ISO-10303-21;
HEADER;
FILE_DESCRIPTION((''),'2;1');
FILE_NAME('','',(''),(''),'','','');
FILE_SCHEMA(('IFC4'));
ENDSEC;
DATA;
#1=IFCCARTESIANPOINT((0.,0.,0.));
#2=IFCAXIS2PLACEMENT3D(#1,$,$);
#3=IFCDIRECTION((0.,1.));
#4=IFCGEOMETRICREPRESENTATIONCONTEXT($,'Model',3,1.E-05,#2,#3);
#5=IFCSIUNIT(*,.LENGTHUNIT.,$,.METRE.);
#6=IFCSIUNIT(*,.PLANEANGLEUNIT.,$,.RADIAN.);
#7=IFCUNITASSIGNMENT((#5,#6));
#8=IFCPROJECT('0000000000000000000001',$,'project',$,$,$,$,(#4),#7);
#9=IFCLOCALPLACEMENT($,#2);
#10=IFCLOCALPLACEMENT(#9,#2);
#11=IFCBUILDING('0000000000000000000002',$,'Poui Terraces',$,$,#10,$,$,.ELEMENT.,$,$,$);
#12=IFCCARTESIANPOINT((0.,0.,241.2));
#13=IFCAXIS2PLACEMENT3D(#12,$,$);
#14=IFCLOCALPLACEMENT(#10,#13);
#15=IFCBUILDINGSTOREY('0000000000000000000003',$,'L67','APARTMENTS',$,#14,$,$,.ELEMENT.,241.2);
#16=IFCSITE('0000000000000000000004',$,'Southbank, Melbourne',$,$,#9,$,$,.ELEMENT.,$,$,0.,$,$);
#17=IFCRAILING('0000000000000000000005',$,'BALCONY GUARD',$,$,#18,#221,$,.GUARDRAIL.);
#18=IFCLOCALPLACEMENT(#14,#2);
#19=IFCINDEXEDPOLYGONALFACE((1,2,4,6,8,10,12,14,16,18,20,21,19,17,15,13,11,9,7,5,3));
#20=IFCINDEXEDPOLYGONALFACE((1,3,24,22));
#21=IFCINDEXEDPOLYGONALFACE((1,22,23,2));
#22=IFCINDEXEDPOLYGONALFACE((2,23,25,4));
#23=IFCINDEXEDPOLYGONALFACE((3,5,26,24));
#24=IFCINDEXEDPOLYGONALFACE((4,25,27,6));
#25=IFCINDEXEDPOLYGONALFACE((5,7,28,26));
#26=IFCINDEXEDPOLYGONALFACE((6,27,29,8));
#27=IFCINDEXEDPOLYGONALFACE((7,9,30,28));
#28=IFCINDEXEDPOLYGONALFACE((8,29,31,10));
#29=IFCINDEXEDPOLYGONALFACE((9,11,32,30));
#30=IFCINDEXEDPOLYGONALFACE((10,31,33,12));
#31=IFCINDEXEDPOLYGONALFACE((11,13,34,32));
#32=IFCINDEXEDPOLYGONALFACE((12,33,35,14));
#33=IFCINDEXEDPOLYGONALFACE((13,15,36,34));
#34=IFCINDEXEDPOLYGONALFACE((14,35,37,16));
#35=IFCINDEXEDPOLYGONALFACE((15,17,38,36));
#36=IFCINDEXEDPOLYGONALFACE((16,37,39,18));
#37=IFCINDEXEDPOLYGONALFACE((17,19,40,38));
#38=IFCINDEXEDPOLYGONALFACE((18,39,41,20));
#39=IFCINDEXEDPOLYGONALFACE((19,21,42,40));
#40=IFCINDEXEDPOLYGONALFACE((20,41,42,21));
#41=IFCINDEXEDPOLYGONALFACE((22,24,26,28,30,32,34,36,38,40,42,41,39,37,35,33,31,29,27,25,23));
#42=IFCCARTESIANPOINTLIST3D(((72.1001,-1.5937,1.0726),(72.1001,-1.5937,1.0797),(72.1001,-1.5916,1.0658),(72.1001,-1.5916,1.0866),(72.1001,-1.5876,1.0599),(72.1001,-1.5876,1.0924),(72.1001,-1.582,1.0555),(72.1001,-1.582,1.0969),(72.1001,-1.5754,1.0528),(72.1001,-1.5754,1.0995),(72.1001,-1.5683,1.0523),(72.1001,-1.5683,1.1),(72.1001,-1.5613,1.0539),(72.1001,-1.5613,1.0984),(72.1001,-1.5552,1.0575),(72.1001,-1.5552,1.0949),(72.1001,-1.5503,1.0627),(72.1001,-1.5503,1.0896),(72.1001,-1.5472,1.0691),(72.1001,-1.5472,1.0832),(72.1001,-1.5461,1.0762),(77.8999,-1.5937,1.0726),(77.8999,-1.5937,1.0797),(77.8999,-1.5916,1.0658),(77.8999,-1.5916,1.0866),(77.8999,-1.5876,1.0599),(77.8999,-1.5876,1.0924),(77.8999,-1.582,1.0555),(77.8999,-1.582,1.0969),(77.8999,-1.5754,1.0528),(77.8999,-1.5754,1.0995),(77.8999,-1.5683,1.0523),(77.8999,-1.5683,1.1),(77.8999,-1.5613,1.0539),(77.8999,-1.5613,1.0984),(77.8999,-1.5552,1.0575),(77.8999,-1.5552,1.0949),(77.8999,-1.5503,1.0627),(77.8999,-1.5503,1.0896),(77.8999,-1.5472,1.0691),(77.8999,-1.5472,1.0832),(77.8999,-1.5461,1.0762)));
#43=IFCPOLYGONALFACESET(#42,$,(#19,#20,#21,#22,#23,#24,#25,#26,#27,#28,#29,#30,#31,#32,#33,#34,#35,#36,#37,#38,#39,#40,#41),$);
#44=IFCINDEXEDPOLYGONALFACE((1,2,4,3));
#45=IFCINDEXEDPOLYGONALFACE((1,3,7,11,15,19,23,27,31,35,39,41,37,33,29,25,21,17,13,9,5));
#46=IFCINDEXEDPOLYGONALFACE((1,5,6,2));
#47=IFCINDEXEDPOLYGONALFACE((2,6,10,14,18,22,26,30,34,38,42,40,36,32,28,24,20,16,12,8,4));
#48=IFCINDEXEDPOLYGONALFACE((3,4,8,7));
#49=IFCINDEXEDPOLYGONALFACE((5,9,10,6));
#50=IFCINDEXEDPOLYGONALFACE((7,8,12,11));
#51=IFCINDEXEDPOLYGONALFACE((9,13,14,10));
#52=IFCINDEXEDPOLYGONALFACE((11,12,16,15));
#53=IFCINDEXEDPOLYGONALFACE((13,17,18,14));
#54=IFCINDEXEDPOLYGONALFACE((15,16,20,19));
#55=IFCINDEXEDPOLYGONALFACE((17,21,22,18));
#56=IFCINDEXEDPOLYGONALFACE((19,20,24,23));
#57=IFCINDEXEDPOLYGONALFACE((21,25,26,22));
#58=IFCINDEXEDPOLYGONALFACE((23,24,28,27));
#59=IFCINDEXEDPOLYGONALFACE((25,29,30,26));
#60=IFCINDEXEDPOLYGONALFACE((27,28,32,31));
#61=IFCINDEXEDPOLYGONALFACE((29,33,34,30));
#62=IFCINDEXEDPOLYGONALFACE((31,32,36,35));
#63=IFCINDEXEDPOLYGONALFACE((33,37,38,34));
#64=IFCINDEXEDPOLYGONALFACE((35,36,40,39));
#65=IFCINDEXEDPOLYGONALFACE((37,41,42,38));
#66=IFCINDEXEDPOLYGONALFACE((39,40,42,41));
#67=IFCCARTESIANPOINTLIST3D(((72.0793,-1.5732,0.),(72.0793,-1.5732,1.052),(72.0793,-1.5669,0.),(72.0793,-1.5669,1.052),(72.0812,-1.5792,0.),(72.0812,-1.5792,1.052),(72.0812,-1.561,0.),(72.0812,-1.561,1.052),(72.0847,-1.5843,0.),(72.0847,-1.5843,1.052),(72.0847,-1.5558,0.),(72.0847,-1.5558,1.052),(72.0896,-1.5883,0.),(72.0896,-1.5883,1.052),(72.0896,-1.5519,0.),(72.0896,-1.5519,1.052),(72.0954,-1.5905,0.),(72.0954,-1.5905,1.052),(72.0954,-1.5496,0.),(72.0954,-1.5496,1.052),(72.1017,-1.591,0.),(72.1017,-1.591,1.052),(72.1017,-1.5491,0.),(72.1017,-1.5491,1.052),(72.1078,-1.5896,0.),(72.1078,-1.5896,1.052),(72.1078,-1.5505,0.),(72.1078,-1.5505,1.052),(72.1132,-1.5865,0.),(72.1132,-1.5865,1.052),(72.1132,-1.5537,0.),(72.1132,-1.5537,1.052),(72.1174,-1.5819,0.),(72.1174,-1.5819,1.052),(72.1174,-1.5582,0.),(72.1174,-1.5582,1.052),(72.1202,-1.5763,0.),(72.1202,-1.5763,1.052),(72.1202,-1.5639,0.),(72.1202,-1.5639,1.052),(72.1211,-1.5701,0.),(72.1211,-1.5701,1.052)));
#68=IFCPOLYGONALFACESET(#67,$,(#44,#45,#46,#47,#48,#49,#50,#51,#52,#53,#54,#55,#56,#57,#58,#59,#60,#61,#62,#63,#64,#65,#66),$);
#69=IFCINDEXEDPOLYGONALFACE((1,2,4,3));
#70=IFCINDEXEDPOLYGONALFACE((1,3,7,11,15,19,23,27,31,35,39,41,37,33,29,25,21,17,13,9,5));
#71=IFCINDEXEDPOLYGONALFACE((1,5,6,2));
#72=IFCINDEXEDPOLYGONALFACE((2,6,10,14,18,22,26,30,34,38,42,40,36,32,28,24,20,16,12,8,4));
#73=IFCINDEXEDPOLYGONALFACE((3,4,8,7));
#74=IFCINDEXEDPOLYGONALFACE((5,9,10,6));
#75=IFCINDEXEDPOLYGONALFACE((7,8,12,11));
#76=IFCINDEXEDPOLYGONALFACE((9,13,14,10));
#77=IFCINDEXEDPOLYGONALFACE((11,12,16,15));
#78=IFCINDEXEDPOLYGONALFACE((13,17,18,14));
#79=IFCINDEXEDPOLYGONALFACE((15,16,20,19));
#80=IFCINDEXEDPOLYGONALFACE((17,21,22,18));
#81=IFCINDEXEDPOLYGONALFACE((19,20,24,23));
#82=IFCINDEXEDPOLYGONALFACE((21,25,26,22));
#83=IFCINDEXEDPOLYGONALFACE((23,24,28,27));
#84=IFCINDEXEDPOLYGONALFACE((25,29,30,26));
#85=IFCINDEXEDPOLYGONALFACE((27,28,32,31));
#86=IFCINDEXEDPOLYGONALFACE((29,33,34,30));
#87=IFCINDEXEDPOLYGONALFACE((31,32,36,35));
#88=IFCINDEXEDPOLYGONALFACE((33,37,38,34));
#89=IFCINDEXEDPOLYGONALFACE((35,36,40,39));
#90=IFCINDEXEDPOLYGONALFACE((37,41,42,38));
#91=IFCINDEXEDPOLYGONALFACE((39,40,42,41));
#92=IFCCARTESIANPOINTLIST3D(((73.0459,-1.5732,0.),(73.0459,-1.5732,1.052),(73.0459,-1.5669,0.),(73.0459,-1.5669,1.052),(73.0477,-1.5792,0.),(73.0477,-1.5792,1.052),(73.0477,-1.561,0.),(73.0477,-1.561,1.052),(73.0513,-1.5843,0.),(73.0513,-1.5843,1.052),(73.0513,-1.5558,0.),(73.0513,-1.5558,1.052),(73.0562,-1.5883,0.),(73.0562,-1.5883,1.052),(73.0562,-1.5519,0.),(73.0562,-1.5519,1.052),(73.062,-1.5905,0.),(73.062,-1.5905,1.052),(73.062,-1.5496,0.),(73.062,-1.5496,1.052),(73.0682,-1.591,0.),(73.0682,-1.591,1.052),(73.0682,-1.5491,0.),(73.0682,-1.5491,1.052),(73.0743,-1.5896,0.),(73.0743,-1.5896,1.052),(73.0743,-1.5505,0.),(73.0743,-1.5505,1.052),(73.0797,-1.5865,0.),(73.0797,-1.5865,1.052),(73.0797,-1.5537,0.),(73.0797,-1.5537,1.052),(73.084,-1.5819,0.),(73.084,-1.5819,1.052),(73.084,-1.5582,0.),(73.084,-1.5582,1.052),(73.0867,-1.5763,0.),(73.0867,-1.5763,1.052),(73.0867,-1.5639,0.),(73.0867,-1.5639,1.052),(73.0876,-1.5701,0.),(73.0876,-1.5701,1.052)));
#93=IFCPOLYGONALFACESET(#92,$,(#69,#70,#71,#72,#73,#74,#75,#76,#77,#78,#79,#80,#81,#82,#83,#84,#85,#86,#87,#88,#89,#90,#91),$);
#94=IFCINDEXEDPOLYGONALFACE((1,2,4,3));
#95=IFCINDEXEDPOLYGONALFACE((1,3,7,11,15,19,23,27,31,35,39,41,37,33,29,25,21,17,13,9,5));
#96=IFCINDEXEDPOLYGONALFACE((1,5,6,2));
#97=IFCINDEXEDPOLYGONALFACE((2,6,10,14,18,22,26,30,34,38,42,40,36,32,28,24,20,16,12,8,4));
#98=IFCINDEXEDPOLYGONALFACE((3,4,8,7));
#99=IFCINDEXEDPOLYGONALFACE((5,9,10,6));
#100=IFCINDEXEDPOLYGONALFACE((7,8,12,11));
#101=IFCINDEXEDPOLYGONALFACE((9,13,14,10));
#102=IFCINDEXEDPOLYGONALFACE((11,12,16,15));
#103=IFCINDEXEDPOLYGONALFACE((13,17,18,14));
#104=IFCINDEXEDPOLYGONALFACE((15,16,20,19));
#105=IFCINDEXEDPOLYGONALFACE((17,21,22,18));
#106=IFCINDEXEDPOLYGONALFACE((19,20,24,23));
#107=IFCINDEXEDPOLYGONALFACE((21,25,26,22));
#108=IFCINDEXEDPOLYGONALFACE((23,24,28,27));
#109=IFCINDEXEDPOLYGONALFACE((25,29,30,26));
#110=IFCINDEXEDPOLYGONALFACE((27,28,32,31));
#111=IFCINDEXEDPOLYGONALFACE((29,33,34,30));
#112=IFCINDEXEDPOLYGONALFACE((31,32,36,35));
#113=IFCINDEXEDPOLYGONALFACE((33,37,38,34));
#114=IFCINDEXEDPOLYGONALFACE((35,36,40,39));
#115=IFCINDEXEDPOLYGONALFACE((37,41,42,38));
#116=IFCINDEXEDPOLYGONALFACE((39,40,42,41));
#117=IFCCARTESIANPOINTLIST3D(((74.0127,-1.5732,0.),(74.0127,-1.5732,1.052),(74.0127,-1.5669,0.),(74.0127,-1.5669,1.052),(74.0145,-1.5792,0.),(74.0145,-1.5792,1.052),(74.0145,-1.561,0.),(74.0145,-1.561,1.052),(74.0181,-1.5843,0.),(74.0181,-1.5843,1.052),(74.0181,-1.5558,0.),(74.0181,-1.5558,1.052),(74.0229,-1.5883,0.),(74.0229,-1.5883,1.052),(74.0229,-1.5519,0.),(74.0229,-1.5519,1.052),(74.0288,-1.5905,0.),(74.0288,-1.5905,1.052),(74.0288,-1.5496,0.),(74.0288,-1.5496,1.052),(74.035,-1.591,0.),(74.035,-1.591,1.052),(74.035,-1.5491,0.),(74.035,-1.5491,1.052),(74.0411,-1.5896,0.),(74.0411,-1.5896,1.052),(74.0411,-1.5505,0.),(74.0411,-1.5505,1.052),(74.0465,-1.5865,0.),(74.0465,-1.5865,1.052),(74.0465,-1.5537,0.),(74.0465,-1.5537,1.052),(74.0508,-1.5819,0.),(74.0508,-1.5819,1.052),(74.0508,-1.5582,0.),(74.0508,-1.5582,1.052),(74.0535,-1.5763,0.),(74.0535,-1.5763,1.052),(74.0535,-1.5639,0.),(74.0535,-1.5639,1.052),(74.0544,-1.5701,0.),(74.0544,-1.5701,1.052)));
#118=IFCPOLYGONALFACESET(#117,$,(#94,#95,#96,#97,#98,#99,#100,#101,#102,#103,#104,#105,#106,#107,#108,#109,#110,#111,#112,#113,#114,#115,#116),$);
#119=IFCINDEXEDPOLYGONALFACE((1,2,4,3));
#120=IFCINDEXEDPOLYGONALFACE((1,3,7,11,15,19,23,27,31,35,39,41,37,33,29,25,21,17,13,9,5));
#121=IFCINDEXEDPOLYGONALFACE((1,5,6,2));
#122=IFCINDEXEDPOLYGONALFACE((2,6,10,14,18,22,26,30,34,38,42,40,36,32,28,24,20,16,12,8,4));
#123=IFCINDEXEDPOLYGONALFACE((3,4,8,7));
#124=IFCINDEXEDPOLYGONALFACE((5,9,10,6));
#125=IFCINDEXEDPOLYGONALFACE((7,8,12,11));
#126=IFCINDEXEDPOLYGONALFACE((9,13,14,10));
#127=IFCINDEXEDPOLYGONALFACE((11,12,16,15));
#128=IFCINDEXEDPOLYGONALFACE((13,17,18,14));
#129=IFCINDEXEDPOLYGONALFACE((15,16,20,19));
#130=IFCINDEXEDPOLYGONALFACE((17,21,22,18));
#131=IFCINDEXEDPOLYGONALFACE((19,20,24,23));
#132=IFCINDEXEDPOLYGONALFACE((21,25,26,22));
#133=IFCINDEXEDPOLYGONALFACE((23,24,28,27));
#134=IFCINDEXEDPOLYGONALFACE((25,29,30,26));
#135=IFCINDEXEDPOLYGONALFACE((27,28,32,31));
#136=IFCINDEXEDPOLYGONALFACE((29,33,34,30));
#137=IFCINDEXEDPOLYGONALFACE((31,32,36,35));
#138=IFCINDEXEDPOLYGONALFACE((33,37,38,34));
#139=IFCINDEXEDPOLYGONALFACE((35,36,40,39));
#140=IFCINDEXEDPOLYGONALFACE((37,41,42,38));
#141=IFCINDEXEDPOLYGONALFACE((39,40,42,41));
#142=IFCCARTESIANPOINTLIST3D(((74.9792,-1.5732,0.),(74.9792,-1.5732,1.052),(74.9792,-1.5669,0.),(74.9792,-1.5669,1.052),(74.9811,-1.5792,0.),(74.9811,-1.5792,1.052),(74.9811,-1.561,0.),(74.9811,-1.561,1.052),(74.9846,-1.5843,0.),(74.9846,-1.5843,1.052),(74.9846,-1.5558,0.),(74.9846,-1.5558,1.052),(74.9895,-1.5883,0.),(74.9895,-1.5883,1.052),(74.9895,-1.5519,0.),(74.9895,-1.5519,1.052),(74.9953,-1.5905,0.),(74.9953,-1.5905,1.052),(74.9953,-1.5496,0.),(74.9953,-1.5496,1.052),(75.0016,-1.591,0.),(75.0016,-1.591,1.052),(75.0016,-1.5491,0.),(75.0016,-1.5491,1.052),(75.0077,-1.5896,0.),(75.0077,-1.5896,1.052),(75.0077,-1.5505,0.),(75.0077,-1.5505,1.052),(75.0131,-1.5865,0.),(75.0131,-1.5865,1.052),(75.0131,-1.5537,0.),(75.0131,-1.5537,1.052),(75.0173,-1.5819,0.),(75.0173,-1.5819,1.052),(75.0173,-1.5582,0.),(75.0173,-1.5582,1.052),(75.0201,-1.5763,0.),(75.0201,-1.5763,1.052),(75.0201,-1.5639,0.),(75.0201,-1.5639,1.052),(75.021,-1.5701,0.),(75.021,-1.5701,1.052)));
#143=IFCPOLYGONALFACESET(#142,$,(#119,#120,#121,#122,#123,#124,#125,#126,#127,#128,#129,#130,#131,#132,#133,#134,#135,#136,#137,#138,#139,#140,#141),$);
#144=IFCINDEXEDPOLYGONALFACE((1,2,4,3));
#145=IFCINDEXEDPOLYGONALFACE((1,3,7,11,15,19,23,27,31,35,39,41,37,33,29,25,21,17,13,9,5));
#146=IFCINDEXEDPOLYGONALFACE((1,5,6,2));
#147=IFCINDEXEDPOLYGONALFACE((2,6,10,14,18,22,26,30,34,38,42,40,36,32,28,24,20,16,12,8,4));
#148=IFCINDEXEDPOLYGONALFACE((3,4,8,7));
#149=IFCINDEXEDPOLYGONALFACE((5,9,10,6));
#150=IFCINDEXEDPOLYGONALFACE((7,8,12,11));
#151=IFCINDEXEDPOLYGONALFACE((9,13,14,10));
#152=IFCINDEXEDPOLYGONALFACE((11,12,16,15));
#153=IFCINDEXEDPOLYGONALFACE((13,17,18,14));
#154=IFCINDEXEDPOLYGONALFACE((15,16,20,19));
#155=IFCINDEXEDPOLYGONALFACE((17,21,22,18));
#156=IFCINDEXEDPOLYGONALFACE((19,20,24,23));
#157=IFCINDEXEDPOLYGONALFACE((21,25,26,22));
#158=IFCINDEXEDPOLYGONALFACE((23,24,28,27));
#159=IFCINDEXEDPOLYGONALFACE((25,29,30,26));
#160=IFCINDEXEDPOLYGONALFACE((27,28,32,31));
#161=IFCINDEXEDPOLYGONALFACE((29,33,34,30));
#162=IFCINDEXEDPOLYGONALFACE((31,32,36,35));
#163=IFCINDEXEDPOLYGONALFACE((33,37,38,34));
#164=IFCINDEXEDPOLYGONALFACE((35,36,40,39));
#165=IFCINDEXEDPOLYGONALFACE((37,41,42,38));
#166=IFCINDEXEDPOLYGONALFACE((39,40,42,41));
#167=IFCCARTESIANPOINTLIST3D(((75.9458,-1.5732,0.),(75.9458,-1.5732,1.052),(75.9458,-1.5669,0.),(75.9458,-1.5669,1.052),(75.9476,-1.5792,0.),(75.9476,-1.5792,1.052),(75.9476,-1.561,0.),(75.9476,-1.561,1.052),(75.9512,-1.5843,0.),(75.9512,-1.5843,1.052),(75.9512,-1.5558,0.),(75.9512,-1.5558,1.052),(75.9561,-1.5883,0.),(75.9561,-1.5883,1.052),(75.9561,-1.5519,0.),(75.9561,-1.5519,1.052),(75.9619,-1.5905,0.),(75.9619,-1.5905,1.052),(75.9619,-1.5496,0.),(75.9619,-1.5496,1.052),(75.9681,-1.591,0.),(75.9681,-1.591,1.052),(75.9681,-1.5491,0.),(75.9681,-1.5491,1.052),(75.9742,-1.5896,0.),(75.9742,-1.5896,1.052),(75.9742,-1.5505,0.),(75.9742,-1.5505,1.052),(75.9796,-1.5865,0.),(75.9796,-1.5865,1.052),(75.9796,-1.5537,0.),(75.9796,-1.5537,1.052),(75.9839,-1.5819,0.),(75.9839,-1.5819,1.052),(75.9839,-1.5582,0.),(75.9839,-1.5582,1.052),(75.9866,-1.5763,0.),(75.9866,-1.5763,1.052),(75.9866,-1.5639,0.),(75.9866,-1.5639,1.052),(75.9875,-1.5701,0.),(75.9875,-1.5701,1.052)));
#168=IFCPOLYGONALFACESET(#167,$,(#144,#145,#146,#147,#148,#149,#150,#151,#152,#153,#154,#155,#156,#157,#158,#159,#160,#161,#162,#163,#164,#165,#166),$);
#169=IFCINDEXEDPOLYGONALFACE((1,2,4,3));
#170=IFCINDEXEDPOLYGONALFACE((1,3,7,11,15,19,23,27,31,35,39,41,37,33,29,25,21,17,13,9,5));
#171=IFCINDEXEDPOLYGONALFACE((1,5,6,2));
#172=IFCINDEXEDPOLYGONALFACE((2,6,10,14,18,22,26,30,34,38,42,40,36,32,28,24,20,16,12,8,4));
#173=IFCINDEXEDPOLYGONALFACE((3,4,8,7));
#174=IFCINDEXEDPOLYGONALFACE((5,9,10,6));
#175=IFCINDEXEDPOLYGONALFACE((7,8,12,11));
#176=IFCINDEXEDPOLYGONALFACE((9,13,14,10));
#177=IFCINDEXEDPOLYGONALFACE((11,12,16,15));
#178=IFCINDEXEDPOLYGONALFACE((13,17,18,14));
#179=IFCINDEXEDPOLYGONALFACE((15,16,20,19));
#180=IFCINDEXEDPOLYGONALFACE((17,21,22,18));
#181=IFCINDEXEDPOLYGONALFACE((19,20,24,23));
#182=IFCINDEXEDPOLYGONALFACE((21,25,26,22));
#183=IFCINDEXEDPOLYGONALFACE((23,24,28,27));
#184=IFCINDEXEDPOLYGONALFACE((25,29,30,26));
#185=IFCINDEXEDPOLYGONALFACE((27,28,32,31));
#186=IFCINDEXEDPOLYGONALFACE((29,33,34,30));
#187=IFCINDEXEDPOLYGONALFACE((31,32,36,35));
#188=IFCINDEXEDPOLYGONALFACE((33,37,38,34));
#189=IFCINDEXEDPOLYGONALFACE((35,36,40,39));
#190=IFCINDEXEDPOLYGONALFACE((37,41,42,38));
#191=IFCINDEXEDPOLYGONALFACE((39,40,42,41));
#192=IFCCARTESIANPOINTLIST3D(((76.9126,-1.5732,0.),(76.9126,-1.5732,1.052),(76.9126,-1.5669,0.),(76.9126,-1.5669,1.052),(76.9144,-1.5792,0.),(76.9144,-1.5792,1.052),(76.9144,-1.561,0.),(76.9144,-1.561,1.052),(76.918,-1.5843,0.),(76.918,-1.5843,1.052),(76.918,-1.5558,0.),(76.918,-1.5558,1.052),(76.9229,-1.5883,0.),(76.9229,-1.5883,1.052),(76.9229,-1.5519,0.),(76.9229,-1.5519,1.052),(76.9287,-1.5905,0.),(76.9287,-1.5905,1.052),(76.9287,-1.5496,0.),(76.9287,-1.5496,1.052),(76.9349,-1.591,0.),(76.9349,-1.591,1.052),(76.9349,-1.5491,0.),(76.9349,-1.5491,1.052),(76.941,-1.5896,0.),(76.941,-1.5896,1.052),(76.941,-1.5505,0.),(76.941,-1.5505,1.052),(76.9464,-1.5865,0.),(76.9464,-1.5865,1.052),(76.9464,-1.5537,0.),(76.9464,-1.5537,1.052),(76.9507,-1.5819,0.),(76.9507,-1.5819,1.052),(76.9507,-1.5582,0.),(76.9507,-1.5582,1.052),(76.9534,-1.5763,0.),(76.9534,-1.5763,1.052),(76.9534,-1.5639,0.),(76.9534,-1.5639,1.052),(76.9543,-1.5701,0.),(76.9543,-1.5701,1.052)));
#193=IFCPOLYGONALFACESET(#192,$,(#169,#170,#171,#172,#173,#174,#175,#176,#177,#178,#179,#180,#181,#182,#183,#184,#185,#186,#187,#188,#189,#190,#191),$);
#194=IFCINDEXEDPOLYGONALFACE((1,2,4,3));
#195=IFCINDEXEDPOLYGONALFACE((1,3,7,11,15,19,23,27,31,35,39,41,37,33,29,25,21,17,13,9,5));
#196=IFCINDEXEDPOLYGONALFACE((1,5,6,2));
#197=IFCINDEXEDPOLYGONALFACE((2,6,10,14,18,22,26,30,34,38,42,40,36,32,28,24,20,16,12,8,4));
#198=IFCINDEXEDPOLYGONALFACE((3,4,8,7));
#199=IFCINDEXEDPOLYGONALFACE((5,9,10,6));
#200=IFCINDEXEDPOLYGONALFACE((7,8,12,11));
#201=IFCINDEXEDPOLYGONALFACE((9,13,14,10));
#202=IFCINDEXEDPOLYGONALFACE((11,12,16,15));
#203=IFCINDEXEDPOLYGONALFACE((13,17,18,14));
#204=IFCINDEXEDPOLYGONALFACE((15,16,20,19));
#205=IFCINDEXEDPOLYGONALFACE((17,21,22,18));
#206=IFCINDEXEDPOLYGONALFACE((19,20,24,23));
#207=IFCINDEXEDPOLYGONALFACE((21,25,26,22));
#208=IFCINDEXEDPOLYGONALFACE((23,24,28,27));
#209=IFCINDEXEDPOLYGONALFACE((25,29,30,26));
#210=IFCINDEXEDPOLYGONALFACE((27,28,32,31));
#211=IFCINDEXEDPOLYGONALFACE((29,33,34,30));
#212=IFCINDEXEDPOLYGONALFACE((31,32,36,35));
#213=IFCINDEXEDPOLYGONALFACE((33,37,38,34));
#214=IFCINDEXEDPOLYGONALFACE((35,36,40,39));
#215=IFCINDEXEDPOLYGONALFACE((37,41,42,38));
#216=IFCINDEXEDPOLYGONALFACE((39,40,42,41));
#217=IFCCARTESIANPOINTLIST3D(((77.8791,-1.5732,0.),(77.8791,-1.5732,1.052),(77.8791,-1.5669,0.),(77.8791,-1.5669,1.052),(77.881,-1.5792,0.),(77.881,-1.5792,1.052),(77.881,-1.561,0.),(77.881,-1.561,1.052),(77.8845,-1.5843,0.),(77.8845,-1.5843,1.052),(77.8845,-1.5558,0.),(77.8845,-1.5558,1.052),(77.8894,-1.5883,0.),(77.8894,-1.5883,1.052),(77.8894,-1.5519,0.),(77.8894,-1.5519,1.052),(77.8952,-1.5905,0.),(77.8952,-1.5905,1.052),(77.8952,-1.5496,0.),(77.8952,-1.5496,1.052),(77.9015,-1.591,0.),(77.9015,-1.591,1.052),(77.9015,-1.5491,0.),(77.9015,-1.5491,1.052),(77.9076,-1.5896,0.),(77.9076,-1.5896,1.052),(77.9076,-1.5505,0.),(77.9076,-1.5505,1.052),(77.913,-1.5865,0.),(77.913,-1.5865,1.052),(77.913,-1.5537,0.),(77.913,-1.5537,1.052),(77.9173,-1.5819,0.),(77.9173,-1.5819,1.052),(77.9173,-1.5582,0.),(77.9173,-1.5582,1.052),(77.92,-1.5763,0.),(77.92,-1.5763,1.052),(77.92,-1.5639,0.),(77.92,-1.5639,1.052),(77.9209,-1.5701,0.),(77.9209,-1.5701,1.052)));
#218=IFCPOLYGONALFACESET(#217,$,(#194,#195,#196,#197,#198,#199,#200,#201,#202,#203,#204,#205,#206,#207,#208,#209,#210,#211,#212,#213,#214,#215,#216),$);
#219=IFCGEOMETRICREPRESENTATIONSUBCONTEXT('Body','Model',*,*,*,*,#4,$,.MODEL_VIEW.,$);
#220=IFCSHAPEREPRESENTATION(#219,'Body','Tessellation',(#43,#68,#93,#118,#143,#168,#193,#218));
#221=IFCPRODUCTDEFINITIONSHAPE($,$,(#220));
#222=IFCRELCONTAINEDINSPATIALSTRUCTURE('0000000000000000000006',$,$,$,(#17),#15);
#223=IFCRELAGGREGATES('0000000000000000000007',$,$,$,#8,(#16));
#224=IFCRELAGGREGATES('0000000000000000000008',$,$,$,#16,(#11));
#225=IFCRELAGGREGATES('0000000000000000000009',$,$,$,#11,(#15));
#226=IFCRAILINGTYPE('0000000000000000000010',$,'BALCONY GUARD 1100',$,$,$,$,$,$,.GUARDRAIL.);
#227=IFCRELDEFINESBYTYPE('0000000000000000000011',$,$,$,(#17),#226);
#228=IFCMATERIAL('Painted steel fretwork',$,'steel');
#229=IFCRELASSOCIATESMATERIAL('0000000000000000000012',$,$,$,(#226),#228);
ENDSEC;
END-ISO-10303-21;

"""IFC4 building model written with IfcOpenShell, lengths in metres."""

from ifc_helpers import new_model, si_unit, direction, frame, origin, origin_2d, place, context, subcontext, project, spatial, circle, extrude, material, type_object, element, save


model = new_model("IFC4")

# Units and contexts
model_context = context("Model", 3, precision=1e-05, world=origin(), true_north=direction((0.0, 1.0)))
body_context = subcontext(model_context, "Body", "Model", "MODEL_VIEW")
ifc_project = project(units=[si_unit("LENGTHUNIT", "METRE"), si_unit("PLANEANGLEUNIT", "RADIAN")], contexts=[model_context])

# Site, building, storey
site_placement = place(None, origin())
site = spatial("IfcSite", under=ifc_project, at=site_placement, Name="Southbank, Melbourne", CompositionType="ELEMENT", RefElevation=0.0)
building_placement = place(site_placement, origin())
building = spatial("IfcBuilding", under=site, at=building_placement, Name="Poui Terraces", CompositionType="ELEMENT")
storey_placement = place(building_placement, frame((0.0, 0.0, 241.2)))
storey = spatial("IfcBuildingStorey", under=building, at=storey_placement, Name="L67", Description="APARTMENTS", CompositionType="ELEMENT", Elevation=241.2)

# Railing
ifc_material_1 = material(Name="Painted steel fretwork", Category="steel")
railing_type = type_object("IfcRailingType", Name="BALCONY GUARD 1100", PredefinedType="GUARDRAIL", material=ifc_material_1)
railing_placement = place(storey_placement, frame((72.1001, -1.5701, 0.0)))
element("IfcRailing", 1, at=railing_placement, inside=storey, type_object=railing_type, Name="BALCONY GUARD", PredefinedType="GUARDRAIL", context=body_context, shape_type="SweptSolid", body=[
    extrude(circle(Radius=0.0239, at=origin_2d()), frame((0.0, 0.0, 1.0762), z_axis=(1.0, 0.0, 0.0), x_axis=(0.0, 1.0, 0.0)), (0.0, 0.0, 1.0), 5.7998),
    extrude(circle(Radius=0.021, at=origin_2d()), origin(), (0.0, 0.0, 1.0), 1.052),
    extrude(circle(Radius=0.021, at=origin_2d()), frame((0.9666, 0.0, 0.0)), (0.0, 0.0, 1.0), 1.052),
    extrude(circle(Radius=0.021, at=origin_2d()), frame((1.9333, 0.0, 0.0)), (0.0, 0.0, 1.0), 1.052),
    extrude(circle(Radius=0.021, at=origin_2d()), frame((2.8999, 0.0, 0.0)), (0.0, 0.0, 1.0), 1.052),
    extrude(circle(Radius=0.021, at=origin_2d()), frame((3.8665, 0.0, 0.0)), (0.0, 0.0, 1.0), 1.052),
    extrude(circle(Radius=0.021, at=origin_2d()), frame((4.8333, 0.0, 0.0)), (0.0, 0.0, 1.0), 1.052),
    extrude(circle(Radius=0.021, at=origin_2d()), frame((5.7998, 0.0, 0.0)), (0.0, 0.0, 1.0), 1.052),
])

save(model, "model.ifc")
